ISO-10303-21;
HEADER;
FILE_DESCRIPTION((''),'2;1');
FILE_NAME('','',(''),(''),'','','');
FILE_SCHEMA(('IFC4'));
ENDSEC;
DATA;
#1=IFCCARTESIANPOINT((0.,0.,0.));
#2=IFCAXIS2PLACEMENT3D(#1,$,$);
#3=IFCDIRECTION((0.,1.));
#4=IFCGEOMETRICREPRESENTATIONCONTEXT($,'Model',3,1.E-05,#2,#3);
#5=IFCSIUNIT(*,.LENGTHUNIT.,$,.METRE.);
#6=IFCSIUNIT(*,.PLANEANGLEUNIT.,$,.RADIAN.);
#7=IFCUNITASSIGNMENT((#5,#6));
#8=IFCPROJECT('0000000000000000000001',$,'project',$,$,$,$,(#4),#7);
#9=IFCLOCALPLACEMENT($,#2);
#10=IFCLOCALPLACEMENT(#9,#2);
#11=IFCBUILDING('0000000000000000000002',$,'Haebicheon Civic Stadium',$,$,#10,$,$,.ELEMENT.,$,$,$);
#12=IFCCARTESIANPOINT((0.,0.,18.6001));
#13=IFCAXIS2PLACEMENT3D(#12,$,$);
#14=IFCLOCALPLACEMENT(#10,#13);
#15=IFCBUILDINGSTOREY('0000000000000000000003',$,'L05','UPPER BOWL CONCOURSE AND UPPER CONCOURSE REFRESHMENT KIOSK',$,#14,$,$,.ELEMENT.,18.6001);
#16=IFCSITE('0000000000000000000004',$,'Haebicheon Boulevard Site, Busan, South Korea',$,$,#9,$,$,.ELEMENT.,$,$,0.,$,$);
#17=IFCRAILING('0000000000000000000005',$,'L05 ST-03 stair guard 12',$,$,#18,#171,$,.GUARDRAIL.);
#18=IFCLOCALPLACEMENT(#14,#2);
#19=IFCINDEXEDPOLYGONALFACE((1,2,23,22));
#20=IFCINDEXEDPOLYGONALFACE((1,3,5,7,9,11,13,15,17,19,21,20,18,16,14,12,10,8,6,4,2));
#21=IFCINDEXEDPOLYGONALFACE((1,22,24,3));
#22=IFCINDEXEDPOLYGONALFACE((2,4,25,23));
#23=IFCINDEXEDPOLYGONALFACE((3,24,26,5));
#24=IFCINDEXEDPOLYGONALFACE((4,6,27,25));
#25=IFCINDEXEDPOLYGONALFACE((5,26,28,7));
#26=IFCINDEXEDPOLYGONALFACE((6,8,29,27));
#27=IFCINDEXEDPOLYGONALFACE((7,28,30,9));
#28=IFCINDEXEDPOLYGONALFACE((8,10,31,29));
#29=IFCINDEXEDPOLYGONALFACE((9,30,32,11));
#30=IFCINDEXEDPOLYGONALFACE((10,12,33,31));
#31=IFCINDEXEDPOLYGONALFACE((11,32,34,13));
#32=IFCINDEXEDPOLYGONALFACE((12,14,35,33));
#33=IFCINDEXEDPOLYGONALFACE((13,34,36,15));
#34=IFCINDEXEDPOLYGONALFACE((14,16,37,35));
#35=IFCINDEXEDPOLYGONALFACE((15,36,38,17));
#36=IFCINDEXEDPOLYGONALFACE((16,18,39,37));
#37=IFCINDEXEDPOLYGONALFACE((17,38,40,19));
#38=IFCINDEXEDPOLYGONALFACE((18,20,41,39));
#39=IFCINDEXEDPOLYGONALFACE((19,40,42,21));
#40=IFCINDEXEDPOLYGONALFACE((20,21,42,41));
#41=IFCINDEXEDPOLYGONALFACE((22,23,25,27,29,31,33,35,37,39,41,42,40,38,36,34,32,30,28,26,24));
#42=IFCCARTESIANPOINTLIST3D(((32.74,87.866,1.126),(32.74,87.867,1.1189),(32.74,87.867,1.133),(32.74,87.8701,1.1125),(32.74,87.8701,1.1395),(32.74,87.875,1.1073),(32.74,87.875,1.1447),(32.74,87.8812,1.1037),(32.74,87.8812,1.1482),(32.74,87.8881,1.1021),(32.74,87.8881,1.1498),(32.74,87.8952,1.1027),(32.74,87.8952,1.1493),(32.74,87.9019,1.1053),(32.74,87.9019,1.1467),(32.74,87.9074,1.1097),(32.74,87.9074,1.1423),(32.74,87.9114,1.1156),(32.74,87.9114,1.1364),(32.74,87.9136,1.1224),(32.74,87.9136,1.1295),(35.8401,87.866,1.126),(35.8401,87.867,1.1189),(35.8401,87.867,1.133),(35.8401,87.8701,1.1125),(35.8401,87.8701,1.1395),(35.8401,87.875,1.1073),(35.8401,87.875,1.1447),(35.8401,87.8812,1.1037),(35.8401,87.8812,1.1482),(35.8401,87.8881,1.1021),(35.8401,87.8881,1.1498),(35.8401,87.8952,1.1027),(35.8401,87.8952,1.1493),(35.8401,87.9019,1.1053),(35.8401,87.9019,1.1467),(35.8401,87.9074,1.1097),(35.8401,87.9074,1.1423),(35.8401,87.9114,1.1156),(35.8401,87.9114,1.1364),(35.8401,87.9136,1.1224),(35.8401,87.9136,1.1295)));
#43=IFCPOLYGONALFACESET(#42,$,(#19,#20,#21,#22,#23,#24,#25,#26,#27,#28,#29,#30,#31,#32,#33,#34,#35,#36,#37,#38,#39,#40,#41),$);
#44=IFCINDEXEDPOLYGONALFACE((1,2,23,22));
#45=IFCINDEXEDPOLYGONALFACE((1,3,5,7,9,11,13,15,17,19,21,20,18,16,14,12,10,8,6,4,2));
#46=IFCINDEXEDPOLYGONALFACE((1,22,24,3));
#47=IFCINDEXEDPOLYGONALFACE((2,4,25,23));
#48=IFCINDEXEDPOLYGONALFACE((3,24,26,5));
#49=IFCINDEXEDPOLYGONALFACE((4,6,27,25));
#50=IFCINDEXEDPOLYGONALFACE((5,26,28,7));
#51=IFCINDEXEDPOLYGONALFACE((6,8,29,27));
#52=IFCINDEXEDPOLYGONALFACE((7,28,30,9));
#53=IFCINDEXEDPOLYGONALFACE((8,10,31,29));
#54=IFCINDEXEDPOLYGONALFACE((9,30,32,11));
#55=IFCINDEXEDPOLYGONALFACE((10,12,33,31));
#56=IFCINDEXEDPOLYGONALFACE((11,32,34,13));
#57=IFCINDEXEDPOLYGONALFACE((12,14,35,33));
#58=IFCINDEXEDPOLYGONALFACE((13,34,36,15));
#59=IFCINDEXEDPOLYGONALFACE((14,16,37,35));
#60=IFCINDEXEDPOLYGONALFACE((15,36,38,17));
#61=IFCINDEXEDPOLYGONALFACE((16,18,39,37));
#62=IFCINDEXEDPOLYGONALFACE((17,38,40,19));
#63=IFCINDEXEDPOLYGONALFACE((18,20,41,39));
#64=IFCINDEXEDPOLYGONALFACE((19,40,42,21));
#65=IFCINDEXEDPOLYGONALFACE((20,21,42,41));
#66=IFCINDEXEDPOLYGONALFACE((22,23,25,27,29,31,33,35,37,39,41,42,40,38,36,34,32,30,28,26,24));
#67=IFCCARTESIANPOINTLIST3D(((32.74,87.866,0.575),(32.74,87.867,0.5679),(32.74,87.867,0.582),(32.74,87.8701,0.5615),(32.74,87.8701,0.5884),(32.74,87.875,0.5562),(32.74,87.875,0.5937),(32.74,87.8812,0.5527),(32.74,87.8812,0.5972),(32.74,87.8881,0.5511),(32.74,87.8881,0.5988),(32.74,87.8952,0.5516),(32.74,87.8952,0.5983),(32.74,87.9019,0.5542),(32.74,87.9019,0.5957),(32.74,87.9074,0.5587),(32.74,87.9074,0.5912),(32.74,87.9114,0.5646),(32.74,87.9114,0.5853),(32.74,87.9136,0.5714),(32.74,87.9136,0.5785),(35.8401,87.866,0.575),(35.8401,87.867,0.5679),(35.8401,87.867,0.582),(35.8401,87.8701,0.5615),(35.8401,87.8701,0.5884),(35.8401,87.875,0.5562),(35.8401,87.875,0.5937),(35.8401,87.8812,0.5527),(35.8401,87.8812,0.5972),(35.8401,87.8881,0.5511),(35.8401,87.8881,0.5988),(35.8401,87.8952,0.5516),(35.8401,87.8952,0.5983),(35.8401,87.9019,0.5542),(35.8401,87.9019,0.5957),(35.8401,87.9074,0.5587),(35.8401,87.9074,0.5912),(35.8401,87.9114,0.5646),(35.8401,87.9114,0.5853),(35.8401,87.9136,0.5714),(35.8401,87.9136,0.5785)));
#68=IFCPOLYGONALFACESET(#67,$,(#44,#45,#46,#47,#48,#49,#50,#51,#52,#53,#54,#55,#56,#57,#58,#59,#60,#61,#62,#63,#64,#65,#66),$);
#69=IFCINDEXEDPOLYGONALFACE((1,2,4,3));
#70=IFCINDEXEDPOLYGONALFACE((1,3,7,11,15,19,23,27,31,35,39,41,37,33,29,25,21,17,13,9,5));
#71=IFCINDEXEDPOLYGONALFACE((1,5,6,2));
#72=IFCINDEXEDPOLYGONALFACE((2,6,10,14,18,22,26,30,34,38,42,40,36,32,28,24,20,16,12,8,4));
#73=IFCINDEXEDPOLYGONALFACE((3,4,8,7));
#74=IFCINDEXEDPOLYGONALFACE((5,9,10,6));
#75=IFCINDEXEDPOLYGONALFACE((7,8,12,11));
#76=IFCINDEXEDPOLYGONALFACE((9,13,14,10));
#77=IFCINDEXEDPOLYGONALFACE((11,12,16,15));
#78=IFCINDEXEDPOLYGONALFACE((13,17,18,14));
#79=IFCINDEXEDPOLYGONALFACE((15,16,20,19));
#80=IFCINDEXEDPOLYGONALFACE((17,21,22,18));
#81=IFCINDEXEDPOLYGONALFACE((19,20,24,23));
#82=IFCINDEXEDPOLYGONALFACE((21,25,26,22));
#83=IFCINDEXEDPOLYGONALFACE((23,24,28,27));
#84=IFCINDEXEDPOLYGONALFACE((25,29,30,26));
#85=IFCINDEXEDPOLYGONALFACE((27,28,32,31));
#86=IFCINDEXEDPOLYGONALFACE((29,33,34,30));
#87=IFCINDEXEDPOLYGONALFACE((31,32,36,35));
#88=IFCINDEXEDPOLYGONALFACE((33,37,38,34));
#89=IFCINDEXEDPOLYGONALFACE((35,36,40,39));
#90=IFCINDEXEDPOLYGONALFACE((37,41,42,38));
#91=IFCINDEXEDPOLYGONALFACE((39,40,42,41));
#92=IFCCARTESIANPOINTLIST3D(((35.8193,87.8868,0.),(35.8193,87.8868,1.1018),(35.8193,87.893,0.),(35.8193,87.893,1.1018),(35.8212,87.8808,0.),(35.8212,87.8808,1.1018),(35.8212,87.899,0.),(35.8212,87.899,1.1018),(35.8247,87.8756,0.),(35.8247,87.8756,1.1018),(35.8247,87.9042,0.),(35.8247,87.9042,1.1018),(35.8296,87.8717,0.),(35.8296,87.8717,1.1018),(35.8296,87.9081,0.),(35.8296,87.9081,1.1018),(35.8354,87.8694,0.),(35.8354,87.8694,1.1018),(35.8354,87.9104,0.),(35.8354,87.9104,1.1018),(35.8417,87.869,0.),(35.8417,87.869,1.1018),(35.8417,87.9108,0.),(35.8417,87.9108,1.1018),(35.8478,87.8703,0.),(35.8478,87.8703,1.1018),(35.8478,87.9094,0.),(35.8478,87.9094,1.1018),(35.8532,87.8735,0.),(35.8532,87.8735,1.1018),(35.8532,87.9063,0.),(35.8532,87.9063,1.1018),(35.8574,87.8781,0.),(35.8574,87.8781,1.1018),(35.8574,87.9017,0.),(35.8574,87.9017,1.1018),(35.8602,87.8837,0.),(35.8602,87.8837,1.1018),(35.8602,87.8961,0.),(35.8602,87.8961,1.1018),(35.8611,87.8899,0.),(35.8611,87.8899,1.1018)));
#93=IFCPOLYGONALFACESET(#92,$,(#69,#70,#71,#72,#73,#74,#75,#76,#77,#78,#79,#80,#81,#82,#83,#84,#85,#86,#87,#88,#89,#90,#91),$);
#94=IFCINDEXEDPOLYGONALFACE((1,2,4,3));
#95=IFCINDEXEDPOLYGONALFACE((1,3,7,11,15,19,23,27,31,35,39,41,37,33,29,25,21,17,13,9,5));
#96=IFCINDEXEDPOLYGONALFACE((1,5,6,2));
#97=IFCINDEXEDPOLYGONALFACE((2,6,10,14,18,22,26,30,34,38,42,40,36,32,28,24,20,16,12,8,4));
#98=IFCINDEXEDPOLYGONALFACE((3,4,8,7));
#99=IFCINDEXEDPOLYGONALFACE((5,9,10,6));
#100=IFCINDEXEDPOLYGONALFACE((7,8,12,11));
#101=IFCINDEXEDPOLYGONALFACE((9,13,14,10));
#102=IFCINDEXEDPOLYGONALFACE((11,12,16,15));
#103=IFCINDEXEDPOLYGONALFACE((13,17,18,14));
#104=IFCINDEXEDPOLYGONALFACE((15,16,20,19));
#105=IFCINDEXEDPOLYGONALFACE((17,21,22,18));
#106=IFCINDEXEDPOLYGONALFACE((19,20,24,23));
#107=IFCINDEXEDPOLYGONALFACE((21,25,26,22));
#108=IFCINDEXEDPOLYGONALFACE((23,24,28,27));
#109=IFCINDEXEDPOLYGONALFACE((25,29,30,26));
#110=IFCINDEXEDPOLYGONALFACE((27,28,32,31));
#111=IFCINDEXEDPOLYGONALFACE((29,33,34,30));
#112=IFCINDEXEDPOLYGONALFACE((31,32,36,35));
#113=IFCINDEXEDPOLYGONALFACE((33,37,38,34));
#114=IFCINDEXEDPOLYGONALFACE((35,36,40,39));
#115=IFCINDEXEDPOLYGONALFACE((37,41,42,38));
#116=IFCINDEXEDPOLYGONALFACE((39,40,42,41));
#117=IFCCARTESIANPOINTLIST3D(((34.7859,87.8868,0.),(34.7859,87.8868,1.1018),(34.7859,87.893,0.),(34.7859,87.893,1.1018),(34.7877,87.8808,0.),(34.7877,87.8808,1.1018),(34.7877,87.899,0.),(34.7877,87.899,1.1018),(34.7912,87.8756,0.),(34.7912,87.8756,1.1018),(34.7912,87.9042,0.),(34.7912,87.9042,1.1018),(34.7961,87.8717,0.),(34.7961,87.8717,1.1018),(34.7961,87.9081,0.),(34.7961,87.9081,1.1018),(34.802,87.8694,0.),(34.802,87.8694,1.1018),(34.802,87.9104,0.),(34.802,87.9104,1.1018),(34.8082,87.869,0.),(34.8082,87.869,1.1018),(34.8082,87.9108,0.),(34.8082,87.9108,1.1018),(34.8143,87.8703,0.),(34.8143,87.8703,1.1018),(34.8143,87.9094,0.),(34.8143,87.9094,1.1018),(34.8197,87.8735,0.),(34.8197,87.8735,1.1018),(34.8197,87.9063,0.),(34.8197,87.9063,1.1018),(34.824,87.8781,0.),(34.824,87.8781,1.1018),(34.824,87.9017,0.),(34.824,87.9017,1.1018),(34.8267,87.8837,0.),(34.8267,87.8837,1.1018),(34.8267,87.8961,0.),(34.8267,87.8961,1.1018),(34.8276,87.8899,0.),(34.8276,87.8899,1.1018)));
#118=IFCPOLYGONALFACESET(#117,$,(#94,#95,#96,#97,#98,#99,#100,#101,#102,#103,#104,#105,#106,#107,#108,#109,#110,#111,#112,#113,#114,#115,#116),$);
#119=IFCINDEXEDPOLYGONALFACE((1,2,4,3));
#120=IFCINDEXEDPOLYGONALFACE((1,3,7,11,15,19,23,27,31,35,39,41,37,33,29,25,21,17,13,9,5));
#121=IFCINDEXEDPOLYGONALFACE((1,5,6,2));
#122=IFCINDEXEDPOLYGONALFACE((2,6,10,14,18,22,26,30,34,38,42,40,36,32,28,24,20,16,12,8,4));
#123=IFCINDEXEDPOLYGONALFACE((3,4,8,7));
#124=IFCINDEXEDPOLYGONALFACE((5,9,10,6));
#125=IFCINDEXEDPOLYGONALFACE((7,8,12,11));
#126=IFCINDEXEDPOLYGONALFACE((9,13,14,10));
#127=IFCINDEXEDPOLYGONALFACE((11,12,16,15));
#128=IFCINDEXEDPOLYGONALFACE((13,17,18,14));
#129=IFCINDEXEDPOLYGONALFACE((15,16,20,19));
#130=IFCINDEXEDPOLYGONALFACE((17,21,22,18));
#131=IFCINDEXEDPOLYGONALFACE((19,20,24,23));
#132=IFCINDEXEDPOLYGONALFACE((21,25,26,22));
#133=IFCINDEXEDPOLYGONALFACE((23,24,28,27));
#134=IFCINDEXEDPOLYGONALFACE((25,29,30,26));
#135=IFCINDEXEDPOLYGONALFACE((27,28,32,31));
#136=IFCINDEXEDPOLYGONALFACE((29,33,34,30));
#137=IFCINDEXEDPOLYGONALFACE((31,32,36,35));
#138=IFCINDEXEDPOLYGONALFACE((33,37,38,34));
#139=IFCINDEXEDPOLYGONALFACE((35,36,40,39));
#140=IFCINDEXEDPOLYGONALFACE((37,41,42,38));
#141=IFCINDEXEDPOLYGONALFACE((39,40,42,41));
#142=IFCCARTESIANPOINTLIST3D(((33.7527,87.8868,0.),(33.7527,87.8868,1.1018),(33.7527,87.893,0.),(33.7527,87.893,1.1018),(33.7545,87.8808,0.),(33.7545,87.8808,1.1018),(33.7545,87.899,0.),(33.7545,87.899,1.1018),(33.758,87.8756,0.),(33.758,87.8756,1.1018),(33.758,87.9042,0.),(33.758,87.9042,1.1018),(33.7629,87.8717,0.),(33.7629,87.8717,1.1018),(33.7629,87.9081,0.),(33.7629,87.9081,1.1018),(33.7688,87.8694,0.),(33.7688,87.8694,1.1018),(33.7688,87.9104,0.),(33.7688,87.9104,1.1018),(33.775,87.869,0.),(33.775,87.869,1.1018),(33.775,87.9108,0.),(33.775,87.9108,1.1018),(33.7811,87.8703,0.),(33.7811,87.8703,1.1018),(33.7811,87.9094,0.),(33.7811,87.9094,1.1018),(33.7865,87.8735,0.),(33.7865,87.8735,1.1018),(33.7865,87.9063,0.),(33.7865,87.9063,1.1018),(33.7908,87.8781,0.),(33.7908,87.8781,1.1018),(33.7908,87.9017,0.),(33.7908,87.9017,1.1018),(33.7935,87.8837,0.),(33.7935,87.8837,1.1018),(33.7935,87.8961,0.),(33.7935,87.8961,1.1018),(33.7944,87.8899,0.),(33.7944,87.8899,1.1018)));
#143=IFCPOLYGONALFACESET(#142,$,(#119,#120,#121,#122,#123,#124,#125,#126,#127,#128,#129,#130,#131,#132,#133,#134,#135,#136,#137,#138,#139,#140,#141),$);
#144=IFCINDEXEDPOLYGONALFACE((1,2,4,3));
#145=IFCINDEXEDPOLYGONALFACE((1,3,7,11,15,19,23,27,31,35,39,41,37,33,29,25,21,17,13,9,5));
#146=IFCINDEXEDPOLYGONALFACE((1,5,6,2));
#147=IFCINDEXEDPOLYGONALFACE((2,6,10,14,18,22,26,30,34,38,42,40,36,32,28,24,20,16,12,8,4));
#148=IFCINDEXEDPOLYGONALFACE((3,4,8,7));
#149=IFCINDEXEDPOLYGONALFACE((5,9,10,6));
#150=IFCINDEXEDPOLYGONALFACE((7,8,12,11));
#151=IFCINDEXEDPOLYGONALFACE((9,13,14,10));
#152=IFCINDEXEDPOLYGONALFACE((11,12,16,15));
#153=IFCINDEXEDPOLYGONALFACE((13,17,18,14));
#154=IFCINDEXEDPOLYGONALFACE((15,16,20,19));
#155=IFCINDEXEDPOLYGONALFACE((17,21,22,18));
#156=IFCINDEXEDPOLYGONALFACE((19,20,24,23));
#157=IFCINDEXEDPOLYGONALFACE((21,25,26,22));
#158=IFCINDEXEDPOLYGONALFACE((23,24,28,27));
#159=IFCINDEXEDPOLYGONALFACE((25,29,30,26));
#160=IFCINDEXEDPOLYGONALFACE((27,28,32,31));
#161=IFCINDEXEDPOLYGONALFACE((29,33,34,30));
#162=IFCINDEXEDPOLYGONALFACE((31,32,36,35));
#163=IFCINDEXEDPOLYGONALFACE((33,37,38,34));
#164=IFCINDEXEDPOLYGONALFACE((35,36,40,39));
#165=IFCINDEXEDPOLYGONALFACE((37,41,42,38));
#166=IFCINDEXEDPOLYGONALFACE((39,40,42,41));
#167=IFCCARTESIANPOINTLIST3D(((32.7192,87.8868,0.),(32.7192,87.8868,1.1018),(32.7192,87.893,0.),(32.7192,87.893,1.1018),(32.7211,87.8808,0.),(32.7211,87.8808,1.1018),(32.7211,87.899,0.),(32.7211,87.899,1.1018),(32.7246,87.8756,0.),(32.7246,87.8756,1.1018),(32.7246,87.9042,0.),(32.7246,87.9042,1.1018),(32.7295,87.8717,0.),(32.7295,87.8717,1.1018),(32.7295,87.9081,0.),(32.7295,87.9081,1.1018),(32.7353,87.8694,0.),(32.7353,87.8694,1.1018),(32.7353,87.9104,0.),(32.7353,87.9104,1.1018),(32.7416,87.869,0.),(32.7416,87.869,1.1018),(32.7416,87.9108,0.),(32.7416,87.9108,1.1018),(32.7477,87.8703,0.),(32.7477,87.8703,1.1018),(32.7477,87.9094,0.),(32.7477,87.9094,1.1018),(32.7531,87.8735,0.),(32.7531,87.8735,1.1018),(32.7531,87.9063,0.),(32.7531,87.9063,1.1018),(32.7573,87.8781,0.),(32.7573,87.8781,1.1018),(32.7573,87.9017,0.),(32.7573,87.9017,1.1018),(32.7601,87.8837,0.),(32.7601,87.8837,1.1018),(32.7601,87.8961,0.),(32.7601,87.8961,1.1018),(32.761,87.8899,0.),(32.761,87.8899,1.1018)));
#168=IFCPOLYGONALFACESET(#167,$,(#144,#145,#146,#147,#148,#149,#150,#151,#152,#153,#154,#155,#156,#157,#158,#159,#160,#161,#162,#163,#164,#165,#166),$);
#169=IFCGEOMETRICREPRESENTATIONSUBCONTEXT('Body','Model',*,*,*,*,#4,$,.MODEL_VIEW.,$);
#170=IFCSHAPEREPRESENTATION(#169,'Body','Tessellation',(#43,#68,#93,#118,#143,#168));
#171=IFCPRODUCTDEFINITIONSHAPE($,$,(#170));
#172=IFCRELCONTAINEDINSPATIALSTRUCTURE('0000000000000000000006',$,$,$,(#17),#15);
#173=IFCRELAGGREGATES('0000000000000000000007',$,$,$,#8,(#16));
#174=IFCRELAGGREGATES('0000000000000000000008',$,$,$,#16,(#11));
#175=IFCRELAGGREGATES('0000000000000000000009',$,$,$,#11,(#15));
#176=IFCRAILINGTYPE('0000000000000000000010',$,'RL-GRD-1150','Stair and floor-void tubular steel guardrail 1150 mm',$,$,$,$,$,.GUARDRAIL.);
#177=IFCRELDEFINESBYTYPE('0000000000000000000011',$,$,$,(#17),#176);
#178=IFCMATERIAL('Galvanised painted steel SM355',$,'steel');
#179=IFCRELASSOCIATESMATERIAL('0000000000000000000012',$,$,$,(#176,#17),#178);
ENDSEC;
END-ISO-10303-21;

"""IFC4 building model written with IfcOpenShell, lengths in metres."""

from ifc_helpers import new_model, si_unit, direction, frame, origin, origin_2d, place, context, subcontext, project, spatial, circle, extrude, material, type_object, element, save


model = new_model("IFC4")

# Units and contexts
model_context = context("Model", 3, precision=1e-05, world=origin(), true_north=direction((0.0, 1.0)))
body_context = subcontext(model_context, "Body", "Model", "MODEL_VIEW")
ifc_project = project(units=[si_unit("LENGTHUNIT", "METRE"), si_unit("PLANEANGLEUNIT", "RADIAN")], contexts=[model_context])

# Site, building, storey
site_placement = place(None, origin())
site = spatial("IfcSite", under=ifc_project, at=site_placement, Name="Haebicheon Boulevard Site, Busan, South Korea", CompositionType="ELEMENT", RefElevation=0.0)
building_placement = place(site_placement, origin())
building = spatial("IfcBuilding", under=site, at=building_placement, Name="Haebicheon Civic Stadium", CompositionType="ELEMENT")
storey_placement = place(building_placement, frame((0.0, 0.0, 18.6001)))
storey = spatial("IfcBuildingStorey", under=building, at=storey_placement, Name="L05", Description="UPPER BOWL CONCOURSE AND UPPER CONCOURSE REFRESHMENT KIOSK", CompositionType="ELEMENT", Elevation=18.6001)

# Railing
ifc_material_1 = material(Name="Galvanised painted steel SM355", Category="steel")
railing_type_1 = type_object("IfcRailingType", Name="RL-GRD-1150", Description="Stair and floor-void tubular steel guardrail 1150 mm", PredefinedType="GUARDRAIL", material=ifc_material_1)
railing_1_placement = place(storey_placement, frame((35.8401, 87.8899, 0.0)))
element("IfcRailing", 1, at=railing_1_placement, inside=storey, type_object=railing_type_1, material=ifc_material_1, Name="L05 ST-03 stair guard 12", PredefinedType="GUARDRAIL", context=body_context, shape_type="SweptSolid", body=[
    extrude(circle(Radius=0.0239, at=origin_2d()), frame((0.0, 0.0, 1.126), z_axis=(-1.0, 0.0, 0.0), x_axis=(0.0, -1.0, 0.0)), (0.0, 0.0, 1.0), 3.1001),
    extrude(circle(Radius=0.0239, at=origin_2d()), frame((0.0, 0.0, 0.575), z_axis=(-1.0, 0.0, 0.0), x_axis=(0.0, -1.0, 0.0)), (0.0, 0.0, 1.0), 3.1001),
    extrude(circle(Radius=0.021, at=origin_2d()), origin(), (0.0, 0.0, 1.0), 1.1018),
    extrude(circle(Radius=0.021, at=origin_2d()), frame((-1.0334, 0.0, 0.0)), (0.0, 0.0, 1.0), 1.1018),
    extrude(circle(Radius=0.021, at=origin_2d()), frame((-2.0667, 0.0, 0.0)), (0.0, 0.0, 1.0), 1.1018),
    extrude(circle(Radius=0.021, at=origin_2d()), frame((-3.1001, 0.0, 0.0)), (0.0, 0.0, 1.0), 1.1018),
])

save(model, "model.ifc")
